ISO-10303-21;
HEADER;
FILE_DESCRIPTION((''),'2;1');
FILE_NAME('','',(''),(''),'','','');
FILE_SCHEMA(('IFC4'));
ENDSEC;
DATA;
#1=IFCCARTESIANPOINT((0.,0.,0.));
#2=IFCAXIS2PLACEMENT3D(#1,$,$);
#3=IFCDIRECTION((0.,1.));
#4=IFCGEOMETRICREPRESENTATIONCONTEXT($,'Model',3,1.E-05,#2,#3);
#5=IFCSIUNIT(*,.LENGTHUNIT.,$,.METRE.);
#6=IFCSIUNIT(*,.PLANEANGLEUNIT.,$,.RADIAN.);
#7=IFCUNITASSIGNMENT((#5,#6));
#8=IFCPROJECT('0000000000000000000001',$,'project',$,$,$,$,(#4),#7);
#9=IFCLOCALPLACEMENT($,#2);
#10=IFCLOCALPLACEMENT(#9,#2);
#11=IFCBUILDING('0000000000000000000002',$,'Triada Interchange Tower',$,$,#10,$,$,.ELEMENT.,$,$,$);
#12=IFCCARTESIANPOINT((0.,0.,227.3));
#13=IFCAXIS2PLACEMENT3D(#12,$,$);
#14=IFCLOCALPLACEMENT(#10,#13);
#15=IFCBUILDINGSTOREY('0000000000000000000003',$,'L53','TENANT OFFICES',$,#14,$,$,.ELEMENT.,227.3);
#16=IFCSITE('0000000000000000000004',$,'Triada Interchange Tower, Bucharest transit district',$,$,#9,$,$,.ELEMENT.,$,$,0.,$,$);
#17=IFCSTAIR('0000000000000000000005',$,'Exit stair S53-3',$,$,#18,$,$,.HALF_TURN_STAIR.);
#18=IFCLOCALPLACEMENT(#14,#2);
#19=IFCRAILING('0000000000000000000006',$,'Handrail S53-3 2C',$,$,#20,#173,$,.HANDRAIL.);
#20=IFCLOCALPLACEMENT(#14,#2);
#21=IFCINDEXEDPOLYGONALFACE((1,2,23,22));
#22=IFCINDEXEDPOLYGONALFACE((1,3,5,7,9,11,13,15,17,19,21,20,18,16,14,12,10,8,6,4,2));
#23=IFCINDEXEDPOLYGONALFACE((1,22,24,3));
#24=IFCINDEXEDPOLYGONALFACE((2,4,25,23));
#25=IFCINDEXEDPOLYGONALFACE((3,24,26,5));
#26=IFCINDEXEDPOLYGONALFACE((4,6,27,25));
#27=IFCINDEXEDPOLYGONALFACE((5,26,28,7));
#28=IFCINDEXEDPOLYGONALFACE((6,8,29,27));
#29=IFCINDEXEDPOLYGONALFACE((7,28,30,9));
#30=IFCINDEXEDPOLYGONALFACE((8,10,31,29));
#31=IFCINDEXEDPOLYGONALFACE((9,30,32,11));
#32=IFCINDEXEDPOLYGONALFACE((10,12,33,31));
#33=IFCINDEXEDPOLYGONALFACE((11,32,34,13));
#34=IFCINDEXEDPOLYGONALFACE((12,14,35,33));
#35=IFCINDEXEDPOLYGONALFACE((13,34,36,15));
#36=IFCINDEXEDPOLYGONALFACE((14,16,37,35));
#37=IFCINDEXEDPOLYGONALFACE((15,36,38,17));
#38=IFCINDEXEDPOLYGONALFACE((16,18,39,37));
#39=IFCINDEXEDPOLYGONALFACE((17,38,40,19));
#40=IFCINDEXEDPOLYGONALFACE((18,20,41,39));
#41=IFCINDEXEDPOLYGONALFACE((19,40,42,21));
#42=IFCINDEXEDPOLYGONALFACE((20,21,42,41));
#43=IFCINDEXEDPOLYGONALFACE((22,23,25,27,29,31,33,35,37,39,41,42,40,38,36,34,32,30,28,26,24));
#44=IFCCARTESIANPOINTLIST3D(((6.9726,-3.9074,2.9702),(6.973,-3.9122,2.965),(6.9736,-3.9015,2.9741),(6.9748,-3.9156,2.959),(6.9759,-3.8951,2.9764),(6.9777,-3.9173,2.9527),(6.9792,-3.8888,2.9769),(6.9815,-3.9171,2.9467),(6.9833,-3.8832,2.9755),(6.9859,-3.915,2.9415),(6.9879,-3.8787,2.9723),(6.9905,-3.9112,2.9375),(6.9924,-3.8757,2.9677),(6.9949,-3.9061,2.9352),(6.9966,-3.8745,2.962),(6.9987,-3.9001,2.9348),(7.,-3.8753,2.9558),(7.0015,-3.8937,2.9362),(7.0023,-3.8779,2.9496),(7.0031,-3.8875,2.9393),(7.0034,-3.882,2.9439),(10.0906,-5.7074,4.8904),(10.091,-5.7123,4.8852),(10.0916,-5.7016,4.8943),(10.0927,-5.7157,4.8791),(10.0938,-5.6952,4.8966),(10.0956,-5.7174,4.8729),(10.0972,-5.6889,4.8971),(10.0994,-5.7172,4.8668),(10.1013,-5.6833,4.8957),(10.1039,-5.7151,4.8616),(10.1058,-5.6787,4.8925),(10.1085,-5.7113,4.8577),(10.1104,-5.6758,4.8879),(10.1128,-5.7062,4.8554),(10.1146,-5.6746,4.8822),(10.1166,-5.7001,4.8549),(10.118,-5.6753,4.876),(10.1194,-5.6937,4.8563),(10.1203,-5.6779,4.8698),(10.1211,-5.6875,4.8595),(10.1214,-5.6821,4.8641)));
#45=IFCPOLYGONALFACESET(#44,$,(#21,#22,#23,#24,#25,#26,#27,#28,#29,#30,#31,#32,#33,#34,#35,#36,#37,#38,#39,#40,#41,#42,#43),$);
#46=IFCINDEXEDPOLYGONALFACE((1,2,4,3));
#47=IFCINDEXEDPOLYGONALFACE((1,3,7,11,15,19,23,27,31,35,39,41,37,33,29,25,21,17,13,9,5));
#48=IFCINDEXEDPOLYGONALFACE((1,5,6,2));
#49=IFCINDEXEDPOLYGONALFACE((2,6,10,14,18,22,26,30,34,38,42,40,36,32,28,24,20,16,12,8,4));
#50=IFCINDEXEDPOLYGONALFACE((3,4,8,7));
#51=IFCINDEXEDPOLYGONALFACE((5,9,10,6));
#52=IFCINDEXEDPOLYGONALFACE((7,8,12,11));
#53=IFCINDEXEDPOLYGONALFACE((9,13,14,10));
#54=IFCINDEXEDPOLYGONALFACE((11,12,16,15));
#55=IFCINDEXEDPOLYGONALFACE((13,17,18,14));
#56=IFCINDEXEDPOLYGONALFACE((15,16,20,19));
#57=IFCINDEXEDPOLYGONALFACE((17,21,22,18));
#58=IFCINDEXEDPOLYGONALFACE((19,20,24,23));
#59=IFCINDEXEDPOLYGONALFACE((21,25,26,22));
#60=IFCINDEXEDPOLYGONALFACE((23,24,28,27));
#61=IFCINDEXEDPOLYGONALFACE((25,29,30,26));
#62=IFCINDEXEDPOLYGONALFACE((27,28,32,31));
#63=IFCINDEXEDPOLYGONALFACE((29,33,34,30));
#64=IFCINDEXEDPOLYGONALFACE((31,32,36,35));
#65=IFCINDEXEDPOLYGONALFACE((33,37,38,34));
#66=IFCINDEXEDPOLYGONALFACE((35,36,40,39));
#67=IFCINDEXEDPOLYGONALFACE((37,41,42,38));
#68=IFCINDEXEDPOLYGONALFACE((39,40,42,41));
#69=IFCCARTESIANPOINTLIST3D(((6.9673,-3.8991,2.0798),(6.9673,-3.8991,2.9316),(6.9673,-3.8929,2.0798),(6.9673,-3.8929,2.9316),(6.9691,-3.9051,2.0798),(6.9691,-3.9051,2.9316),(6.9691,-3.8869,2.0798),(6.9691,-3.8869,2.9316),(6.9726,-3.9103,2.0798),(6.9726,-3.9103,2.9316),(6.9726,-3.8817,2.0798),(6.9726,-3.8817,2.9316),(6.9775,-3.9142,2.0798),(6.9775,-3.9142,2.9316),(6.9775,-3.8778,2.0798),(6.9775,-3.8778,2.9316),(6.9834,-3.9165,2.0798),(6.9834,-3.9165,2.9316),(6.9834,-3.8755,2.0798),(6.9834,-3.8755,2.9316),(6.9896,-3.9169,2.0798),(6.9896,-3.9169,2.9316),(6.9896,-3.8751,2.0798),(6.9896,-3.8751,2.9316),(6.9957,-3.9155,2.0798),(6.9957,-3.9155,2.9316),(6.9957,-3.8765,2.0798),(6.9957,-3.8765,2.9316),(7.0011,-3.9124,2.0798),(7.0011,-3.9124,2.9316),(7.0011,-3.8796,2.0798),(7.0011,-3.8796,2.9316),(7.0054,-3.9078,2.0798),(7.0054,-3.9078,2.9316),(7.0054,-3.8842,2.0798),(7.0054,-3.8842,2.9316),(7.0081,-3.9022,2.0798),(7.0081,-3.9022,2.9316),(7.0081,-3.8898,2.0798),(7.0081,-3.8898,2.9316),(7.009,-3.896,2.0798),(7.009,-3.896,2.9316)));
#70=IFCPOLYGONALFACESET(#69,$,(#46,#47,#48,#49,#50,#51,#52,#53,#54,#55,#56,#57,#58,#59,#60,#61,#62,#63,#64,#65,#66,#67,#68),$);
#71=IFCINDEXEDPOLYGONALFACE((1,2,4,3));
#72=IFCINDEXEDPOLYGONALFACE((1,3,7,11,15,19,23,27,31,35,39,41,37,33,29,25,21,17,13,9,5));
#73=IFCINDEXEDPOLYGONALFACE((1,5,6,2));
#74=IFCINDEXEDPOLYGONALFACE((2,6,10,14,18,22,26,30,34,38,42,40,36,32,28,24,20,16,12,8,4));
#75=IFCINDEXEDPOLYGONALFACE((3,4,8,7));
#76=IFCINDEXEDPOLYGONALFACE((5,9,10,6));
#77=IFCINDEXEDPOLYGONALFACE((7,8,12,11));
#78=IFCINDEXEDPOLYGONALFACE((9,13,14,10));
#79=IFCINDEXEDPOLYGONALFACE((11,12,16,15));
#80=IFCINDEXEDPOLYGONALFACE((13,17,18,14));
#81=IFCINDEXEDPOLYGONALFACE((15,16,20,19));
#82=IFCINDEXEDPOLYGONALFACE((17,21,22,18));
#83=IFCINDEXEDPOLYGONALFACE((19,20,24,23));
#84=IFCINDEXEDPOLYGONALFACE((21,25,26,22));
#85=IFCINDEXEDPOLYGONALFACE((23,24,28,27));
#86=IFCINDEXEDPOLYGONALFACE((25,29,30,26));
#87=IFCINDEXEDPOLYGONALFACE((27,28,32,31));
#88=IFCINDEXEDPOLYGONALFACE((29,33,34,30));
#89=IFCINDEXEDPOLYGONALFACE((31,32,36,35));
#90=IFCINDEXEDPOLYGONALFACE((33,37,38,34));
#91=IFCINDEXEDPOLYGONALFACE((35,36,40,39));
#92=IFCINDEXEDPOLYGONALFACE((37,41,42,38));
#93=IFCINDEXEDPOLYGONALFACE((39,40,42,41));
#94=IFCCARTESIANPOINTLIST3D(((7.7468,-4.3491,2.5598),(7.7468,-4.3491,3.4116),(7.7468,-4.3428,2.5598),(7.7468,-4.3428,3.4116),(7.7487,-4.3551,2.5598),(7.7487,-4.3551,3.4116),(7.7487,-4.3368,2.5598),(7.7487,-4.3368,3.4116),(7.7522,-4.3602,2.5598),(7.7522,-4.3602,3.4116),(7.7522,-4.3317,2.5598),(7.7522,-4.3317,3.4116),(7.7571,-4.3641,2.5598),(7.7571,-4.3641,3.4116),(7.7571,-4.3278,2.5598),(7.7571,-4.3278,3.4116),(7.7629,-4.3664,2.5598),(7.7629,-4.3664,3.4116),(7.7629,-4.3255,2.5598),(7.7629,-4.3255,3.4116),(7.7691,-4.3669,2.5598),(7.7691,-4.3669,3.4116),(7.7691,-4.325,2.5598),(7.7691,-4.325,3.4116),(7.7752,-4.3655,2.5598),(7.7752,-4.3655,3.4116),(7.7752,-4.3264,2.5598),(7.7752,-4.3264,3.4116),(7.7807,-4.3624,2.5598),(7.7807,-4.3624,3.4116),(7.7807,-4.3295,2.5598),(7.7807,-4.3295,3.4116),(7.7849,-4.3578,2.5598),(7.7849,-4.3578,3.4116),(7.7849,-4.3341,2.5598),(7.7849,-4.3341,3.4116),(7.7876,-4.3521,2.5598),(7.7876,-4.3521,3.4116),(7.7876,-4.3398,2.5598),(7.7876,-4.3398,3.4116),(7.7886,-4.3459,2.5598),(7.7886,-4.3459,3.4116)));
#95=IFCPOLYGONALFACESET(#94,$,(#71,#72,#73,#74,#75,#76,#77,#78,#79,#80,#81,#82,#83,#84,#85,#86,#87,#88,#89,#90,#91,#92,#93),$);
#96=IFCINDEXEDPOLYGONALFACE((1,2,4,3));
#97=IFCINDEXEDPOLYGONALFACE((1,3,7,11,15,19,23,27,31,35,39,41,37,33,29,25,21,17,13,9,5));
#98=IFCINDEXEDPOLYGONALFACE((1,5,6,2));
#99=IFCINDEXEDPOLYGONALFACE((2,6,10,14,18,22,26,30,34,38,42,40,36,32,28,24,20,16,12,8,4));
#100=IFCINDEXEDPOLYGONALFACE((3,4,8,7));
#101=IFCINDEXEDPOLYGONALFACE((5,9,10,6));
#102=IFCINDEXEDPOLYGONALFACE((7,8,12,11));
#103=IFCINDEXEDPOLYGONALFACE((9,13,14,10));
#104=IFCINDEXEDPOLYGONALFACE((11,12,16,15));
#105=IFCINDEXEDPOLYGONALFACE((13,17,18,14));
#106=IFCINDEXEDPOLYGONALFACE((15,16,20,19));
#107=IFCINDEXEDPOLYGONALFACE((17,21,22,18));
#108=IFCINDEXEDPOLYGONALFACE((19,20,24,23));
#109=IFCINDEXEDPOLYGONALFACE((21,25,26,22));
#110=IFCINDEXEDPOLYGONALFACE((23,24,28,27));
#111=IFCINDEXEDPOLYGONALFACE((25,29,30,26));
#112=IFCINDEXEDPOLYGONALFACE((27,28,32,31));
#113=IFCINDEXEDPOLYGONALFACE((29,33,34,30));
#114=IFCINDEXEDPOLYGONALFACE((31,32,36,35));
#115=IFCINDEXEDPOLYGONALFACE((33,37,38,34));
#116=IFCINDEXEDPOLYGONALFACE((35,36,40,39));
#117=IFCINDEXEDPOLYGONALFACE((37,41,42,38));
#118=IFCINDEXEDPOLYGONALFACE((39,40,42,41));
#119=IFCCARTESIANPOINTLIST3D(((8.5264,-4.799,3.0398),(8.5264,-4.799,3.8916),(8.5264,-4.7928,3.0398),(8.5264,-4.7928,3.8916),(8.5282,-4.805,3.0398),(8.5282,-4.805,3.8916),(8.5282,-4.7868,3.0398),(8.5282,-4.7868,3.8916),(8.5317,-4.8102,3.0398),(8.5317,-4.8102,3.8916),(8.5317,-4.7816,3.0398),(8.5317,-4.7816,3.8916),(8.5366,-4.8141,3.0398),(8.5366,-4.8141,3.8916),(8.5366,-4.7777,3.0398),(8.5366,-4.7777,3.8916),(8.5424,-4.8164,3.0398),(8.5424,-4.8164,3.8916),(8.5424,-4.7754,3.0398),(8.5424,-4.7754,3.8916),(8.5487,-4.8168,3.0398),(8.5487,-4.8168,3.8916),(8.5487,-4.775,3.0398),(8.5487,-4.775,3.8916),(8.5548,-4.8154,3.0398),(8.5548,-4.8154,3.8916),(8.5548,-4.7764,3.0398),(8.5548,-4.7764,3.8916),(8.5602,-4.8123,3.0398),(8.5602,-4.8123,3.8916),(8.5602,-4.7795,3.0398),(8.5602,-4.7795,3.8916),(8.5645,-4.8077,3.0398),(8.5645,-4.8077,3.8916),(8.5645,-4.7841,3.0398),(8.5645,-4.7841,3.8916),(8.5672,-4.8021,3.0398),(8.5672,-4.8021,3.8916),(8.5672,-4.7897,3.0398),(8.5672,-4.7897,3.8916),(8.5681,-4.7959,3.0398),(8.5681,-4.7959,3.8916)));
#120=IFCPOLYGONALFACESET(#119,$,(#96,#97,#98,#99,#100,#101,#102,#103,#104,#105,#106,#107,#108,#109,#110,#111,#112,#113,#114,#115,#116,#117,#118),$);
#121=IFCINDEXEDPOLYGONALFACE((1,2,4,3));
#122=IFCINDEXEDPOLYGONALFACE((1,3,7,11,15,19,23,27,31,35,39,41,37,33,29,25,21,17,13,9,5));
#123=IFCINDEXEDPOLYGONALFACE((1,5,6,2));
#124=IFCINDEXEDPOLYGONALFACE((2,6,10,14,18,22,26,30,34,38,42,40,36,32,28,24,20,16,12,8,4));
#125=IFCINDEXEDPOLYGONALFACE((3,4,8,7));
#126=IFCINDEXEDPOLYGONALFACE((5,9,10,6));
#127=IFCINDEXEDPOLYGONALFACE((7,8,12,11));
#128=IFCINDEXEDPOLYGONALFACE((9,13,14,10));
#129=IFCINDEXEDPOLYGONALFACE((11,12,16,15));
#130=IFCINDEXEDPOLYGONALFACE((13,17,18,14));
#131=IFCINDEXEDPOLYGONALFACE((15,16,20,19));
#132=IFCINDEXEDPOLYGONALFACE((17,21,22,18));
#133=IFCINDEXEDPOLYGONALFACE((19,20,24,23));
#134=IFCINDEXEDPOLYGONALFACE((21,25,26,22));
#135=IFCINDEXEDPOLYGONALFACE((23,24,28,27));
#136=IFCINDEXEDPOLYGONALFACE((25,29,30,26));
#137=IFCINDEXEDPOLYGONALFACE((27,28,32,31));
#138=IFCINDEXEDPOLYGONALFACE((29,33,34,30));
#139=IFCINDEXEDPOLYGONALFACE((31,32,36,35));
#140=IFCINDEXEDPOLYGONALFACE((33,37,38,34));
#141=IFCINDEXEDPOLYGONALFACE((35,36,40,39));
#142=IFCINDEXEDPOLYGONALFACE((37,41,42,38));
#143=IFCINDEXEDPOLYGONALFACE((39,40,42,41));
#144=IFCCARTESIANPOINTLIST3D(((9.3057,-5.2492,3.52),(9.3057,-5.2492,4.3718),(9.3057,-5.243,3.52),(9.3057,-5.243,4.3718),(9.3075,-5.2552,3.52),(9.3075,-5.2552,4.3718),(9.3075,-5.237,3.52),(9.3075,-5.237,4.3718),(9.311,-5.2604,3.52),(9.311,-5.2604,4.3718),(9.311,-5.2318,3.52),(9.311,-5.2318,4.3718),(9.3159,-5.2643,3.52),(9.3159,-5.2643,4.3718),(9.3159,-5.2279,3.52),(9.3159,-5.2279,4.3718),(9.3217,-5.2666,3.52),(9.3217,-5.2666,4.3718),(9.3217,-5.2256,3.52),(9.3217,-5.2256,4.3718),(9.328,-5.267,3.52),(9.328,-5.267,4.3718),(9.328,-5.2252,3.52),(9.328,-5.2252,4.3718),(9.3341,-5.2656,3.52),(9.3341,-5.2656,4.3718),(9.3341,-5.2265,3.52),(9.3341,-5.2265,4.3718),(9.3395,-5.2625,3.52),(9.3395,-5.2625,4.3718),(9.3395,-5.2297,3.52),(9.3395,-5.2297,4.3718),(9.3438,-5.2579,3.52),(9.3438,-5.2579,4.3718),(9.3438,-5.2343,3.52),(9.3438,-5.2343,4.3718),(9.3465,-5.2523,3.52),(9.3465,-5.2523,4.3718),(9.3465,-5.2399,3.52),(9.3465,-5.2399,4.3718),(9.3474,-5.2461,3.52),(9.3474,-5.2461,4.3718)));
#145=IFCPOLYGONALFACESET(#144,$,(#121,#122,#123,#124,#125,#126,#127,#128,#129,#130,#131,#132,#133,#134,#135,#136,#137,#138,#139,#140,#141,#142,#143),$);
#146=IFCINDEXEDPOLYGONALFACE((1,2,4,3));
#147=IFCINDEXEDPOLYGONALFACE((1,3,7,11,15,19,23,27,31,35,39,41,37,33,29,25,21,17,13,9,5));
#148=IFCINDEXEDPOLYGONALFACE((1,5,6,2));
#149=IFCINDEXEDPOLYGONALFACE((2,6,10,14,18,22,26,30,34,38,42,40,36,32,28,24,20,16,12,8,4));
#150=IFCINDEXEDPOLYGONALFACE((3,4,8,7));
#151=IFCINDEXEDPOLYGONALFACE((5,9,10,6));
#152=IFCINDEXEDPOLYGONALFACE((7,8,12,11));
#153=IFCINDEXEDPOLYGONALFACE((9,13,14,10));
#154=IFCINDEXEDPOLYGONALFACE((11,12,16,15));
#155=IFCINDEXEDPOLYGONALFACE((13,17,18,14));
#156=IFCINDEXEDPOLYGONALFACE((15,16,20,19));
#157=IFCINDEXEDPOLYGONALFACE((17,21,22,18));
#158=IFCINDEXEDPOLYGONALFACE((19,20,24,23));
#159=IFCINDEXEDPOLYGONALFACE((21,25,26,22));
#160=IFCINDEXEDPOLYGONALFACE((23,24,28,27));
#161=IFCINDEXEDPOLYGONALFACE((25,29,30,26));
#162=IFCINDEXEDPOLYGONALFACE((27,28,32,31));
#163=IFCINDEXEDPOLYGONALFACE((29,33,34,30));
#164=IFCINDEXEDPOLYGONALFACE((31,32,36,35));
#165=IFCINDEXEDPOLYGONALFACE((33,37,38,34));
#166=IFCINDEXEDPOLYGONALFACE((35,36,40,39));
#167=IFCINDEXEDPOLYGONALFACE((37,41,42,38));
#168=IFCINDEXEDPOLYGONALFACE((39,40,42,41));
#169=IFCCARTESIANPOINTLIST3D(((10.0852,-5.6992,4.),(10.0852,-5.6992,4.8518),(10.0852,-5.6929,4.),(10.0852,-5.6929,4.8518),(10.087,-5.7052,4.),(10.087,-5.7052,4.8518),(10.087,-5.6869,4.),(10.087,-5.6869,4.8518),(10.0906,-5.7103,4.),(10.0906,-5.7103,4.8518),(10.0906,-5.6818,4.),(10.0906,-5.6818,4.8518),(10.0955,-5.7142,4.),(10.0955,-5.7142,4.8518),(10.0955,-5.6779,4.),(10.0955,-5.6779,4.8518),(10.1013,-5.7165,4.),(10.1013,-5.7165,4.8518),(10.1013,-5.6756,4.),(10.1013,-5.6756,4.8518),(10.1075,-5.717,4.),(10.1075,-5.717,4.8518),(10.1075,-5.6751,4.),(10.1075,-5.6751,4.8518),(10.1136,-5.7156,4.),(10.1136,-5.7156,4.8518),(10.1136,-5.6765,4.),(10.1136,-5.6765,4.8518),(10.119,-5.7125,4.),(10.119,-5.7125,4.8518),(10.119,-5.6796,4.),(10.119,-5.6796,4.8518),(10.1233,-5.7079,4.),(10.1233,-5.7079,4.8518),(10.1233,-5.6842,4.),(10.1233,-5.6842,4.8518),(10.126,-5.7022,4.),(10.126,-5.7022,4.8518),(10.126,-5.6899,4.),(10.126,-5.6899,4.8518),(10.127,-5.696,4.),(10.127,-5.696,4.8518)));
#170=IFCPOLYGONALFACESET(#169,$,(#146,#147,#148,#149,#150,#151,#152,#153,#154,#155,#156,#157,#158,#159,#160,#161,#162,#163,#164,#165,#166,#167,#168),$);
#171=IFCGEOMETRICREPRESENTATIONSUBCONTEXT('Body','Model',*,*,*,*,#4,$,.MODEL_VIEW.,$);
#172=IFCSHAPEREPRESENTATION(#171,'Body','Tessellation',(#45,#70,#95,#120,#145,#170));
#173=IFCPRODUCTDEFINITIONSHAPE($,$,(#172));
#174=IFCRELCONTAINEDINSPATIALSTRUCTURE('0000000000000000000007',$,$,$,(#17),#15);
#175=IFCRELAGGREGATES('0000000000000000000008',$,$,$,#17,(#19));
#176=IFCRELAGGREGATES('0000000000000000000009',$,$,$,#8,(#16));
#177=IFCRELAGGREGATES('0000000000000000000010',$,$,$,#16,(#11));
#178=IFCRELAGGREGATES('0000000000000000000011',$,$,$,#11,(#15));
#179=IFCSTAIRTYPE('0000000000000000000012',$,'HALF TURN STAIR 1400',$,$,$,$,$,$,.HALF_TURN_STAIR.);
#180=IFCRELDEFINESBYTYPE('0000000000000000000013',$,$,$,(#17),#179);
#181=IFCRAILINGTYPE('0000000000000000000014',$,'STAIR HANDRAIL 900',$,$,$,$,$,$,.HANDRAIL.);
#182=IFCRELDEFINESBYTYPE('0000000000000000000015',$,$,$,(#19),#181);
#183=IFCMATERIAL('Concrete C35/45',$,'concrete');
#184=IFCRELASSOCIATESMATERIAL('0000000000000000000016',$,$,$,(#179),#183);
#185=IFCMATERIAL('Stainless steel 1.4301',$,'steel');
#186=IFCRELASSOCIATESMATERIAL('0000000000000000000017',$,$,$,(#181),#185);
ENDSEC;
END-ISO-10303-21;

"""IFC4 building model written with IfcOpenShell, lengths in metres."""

from ifc_helpers import new_model, si_unit, direction, frame, origin, origin_2d, place, context, subcontext, project, spatial, circle, extrude, material, type_object, element, aggregate, save


model = new_model("IFC4")

# Units and contexts
model_context = context("Model", 3, precision=1e-05, world=origin(), true_north=direction((0.0, 1.0)))
body_context = subcontext(model_context, "Body", "Model", "MODEL_VIEW")
ifc_project = project(units=[si_unit("LENGTHUNIT", "METRE"), si_unit("PLANEANGLEUNIT", "RADIAN")], contexts=[model_context])

# Site, building, storey
site_placement = place(None, origin())
site = spatial("IfcSite", under=ifc_project, at=site_placement, Name="Triada Interchange Tower, Bucharest transit district", CompositionType="ELEMENT", RefElevation=0.0)
building_placement = place(site_placement, origin())
building = spatial("IfcBuilding", under=site, at=building_placement, Name="Triada Interchange Tower", CompositionType="ELEMENT")
storey_placement = place(building_placement, frame((0.0, 0.0, 227.3)))
storey = spatial("IfcBuildingStorey", under=building, at=storey_placement, Name="L53", Description="TENANT OFFICES", CompositionType="ELEMENT", Elevation=227.3)

# Stair, railing
ifc_material_1 = material(Name="Concrete C35/45", Category="concrete")
stair_type = type_object("IfcStairType", Name="HALF TURN STAIR 1400", PredefinedType="HALF_TURN_STAIR", material=ifc_material_1)
stair_placement = place(storey_placement, origin())
stair = element("IfcStair", 1, at=stair_placement, inside=storey, type_object=stair_type, Name="Exit stair S53-3", PredefinedType="HALF_TURN_STAIR")
ifc_material_2 = material(Name="Stainless steel 1.4301", Category="steel")
railing_type = type_object("IfcRailingType", Name="STAIR HANDRAIL 900", PredefinedType="HANDRAIL", material=ifc_material_2)
railing_1_placement = place(storey_placement, frame((6.988, -3.896, 2.0798)))
railing_1 = element("IfcRailing", 2, at=railing_1_placement, type_object=railing_type, Name="Handrail S53-3 2C", PredefinedType="HANDRAIL", context=body_context, shape_type="SweptSolid", body=[
    extrude(circle(Radius=0.0239, at=origin_2d()), frame((0.0, 0.0, 0.876), z_axis=(0.764145, -0.441159, 0.470597), x_axis=(0.499983, 0.866035, 0.0)), (0.0, 0.0, 1.0), 4.0803),
    extrude(circle(Radius=0.021, at=origin_2d()), origin(), (0.0, 0.0, 1.0), 0.8518),
    extrude(circle(Radius=0.021, at=origin_2d()), frame((0.7795, -0.45, 0.48)), (0.0, 0.0, 1.0), 0.8518),
    extrude(circle(Radius=0.021, at=origin_2d()), frame((1.5591, -0.8999, 0.96)), (0.0, 0.0, 1.0), 0.8518),
    extrude(circle(Radius=0.021, at=origin_2d()), frame((2.3384, -1.3501, 1.4402)), (0.0, 0.0, 1.0), 0.8518),
    extrude(circle(Radius=0.021, at=origin_2d()), frame((3.1179, -1.8, 1.9202)), (0.0, 0.0, 1.0), 0.8518),
])
aggregate(stair, [railing_1])

save(model, "model.ifc")
